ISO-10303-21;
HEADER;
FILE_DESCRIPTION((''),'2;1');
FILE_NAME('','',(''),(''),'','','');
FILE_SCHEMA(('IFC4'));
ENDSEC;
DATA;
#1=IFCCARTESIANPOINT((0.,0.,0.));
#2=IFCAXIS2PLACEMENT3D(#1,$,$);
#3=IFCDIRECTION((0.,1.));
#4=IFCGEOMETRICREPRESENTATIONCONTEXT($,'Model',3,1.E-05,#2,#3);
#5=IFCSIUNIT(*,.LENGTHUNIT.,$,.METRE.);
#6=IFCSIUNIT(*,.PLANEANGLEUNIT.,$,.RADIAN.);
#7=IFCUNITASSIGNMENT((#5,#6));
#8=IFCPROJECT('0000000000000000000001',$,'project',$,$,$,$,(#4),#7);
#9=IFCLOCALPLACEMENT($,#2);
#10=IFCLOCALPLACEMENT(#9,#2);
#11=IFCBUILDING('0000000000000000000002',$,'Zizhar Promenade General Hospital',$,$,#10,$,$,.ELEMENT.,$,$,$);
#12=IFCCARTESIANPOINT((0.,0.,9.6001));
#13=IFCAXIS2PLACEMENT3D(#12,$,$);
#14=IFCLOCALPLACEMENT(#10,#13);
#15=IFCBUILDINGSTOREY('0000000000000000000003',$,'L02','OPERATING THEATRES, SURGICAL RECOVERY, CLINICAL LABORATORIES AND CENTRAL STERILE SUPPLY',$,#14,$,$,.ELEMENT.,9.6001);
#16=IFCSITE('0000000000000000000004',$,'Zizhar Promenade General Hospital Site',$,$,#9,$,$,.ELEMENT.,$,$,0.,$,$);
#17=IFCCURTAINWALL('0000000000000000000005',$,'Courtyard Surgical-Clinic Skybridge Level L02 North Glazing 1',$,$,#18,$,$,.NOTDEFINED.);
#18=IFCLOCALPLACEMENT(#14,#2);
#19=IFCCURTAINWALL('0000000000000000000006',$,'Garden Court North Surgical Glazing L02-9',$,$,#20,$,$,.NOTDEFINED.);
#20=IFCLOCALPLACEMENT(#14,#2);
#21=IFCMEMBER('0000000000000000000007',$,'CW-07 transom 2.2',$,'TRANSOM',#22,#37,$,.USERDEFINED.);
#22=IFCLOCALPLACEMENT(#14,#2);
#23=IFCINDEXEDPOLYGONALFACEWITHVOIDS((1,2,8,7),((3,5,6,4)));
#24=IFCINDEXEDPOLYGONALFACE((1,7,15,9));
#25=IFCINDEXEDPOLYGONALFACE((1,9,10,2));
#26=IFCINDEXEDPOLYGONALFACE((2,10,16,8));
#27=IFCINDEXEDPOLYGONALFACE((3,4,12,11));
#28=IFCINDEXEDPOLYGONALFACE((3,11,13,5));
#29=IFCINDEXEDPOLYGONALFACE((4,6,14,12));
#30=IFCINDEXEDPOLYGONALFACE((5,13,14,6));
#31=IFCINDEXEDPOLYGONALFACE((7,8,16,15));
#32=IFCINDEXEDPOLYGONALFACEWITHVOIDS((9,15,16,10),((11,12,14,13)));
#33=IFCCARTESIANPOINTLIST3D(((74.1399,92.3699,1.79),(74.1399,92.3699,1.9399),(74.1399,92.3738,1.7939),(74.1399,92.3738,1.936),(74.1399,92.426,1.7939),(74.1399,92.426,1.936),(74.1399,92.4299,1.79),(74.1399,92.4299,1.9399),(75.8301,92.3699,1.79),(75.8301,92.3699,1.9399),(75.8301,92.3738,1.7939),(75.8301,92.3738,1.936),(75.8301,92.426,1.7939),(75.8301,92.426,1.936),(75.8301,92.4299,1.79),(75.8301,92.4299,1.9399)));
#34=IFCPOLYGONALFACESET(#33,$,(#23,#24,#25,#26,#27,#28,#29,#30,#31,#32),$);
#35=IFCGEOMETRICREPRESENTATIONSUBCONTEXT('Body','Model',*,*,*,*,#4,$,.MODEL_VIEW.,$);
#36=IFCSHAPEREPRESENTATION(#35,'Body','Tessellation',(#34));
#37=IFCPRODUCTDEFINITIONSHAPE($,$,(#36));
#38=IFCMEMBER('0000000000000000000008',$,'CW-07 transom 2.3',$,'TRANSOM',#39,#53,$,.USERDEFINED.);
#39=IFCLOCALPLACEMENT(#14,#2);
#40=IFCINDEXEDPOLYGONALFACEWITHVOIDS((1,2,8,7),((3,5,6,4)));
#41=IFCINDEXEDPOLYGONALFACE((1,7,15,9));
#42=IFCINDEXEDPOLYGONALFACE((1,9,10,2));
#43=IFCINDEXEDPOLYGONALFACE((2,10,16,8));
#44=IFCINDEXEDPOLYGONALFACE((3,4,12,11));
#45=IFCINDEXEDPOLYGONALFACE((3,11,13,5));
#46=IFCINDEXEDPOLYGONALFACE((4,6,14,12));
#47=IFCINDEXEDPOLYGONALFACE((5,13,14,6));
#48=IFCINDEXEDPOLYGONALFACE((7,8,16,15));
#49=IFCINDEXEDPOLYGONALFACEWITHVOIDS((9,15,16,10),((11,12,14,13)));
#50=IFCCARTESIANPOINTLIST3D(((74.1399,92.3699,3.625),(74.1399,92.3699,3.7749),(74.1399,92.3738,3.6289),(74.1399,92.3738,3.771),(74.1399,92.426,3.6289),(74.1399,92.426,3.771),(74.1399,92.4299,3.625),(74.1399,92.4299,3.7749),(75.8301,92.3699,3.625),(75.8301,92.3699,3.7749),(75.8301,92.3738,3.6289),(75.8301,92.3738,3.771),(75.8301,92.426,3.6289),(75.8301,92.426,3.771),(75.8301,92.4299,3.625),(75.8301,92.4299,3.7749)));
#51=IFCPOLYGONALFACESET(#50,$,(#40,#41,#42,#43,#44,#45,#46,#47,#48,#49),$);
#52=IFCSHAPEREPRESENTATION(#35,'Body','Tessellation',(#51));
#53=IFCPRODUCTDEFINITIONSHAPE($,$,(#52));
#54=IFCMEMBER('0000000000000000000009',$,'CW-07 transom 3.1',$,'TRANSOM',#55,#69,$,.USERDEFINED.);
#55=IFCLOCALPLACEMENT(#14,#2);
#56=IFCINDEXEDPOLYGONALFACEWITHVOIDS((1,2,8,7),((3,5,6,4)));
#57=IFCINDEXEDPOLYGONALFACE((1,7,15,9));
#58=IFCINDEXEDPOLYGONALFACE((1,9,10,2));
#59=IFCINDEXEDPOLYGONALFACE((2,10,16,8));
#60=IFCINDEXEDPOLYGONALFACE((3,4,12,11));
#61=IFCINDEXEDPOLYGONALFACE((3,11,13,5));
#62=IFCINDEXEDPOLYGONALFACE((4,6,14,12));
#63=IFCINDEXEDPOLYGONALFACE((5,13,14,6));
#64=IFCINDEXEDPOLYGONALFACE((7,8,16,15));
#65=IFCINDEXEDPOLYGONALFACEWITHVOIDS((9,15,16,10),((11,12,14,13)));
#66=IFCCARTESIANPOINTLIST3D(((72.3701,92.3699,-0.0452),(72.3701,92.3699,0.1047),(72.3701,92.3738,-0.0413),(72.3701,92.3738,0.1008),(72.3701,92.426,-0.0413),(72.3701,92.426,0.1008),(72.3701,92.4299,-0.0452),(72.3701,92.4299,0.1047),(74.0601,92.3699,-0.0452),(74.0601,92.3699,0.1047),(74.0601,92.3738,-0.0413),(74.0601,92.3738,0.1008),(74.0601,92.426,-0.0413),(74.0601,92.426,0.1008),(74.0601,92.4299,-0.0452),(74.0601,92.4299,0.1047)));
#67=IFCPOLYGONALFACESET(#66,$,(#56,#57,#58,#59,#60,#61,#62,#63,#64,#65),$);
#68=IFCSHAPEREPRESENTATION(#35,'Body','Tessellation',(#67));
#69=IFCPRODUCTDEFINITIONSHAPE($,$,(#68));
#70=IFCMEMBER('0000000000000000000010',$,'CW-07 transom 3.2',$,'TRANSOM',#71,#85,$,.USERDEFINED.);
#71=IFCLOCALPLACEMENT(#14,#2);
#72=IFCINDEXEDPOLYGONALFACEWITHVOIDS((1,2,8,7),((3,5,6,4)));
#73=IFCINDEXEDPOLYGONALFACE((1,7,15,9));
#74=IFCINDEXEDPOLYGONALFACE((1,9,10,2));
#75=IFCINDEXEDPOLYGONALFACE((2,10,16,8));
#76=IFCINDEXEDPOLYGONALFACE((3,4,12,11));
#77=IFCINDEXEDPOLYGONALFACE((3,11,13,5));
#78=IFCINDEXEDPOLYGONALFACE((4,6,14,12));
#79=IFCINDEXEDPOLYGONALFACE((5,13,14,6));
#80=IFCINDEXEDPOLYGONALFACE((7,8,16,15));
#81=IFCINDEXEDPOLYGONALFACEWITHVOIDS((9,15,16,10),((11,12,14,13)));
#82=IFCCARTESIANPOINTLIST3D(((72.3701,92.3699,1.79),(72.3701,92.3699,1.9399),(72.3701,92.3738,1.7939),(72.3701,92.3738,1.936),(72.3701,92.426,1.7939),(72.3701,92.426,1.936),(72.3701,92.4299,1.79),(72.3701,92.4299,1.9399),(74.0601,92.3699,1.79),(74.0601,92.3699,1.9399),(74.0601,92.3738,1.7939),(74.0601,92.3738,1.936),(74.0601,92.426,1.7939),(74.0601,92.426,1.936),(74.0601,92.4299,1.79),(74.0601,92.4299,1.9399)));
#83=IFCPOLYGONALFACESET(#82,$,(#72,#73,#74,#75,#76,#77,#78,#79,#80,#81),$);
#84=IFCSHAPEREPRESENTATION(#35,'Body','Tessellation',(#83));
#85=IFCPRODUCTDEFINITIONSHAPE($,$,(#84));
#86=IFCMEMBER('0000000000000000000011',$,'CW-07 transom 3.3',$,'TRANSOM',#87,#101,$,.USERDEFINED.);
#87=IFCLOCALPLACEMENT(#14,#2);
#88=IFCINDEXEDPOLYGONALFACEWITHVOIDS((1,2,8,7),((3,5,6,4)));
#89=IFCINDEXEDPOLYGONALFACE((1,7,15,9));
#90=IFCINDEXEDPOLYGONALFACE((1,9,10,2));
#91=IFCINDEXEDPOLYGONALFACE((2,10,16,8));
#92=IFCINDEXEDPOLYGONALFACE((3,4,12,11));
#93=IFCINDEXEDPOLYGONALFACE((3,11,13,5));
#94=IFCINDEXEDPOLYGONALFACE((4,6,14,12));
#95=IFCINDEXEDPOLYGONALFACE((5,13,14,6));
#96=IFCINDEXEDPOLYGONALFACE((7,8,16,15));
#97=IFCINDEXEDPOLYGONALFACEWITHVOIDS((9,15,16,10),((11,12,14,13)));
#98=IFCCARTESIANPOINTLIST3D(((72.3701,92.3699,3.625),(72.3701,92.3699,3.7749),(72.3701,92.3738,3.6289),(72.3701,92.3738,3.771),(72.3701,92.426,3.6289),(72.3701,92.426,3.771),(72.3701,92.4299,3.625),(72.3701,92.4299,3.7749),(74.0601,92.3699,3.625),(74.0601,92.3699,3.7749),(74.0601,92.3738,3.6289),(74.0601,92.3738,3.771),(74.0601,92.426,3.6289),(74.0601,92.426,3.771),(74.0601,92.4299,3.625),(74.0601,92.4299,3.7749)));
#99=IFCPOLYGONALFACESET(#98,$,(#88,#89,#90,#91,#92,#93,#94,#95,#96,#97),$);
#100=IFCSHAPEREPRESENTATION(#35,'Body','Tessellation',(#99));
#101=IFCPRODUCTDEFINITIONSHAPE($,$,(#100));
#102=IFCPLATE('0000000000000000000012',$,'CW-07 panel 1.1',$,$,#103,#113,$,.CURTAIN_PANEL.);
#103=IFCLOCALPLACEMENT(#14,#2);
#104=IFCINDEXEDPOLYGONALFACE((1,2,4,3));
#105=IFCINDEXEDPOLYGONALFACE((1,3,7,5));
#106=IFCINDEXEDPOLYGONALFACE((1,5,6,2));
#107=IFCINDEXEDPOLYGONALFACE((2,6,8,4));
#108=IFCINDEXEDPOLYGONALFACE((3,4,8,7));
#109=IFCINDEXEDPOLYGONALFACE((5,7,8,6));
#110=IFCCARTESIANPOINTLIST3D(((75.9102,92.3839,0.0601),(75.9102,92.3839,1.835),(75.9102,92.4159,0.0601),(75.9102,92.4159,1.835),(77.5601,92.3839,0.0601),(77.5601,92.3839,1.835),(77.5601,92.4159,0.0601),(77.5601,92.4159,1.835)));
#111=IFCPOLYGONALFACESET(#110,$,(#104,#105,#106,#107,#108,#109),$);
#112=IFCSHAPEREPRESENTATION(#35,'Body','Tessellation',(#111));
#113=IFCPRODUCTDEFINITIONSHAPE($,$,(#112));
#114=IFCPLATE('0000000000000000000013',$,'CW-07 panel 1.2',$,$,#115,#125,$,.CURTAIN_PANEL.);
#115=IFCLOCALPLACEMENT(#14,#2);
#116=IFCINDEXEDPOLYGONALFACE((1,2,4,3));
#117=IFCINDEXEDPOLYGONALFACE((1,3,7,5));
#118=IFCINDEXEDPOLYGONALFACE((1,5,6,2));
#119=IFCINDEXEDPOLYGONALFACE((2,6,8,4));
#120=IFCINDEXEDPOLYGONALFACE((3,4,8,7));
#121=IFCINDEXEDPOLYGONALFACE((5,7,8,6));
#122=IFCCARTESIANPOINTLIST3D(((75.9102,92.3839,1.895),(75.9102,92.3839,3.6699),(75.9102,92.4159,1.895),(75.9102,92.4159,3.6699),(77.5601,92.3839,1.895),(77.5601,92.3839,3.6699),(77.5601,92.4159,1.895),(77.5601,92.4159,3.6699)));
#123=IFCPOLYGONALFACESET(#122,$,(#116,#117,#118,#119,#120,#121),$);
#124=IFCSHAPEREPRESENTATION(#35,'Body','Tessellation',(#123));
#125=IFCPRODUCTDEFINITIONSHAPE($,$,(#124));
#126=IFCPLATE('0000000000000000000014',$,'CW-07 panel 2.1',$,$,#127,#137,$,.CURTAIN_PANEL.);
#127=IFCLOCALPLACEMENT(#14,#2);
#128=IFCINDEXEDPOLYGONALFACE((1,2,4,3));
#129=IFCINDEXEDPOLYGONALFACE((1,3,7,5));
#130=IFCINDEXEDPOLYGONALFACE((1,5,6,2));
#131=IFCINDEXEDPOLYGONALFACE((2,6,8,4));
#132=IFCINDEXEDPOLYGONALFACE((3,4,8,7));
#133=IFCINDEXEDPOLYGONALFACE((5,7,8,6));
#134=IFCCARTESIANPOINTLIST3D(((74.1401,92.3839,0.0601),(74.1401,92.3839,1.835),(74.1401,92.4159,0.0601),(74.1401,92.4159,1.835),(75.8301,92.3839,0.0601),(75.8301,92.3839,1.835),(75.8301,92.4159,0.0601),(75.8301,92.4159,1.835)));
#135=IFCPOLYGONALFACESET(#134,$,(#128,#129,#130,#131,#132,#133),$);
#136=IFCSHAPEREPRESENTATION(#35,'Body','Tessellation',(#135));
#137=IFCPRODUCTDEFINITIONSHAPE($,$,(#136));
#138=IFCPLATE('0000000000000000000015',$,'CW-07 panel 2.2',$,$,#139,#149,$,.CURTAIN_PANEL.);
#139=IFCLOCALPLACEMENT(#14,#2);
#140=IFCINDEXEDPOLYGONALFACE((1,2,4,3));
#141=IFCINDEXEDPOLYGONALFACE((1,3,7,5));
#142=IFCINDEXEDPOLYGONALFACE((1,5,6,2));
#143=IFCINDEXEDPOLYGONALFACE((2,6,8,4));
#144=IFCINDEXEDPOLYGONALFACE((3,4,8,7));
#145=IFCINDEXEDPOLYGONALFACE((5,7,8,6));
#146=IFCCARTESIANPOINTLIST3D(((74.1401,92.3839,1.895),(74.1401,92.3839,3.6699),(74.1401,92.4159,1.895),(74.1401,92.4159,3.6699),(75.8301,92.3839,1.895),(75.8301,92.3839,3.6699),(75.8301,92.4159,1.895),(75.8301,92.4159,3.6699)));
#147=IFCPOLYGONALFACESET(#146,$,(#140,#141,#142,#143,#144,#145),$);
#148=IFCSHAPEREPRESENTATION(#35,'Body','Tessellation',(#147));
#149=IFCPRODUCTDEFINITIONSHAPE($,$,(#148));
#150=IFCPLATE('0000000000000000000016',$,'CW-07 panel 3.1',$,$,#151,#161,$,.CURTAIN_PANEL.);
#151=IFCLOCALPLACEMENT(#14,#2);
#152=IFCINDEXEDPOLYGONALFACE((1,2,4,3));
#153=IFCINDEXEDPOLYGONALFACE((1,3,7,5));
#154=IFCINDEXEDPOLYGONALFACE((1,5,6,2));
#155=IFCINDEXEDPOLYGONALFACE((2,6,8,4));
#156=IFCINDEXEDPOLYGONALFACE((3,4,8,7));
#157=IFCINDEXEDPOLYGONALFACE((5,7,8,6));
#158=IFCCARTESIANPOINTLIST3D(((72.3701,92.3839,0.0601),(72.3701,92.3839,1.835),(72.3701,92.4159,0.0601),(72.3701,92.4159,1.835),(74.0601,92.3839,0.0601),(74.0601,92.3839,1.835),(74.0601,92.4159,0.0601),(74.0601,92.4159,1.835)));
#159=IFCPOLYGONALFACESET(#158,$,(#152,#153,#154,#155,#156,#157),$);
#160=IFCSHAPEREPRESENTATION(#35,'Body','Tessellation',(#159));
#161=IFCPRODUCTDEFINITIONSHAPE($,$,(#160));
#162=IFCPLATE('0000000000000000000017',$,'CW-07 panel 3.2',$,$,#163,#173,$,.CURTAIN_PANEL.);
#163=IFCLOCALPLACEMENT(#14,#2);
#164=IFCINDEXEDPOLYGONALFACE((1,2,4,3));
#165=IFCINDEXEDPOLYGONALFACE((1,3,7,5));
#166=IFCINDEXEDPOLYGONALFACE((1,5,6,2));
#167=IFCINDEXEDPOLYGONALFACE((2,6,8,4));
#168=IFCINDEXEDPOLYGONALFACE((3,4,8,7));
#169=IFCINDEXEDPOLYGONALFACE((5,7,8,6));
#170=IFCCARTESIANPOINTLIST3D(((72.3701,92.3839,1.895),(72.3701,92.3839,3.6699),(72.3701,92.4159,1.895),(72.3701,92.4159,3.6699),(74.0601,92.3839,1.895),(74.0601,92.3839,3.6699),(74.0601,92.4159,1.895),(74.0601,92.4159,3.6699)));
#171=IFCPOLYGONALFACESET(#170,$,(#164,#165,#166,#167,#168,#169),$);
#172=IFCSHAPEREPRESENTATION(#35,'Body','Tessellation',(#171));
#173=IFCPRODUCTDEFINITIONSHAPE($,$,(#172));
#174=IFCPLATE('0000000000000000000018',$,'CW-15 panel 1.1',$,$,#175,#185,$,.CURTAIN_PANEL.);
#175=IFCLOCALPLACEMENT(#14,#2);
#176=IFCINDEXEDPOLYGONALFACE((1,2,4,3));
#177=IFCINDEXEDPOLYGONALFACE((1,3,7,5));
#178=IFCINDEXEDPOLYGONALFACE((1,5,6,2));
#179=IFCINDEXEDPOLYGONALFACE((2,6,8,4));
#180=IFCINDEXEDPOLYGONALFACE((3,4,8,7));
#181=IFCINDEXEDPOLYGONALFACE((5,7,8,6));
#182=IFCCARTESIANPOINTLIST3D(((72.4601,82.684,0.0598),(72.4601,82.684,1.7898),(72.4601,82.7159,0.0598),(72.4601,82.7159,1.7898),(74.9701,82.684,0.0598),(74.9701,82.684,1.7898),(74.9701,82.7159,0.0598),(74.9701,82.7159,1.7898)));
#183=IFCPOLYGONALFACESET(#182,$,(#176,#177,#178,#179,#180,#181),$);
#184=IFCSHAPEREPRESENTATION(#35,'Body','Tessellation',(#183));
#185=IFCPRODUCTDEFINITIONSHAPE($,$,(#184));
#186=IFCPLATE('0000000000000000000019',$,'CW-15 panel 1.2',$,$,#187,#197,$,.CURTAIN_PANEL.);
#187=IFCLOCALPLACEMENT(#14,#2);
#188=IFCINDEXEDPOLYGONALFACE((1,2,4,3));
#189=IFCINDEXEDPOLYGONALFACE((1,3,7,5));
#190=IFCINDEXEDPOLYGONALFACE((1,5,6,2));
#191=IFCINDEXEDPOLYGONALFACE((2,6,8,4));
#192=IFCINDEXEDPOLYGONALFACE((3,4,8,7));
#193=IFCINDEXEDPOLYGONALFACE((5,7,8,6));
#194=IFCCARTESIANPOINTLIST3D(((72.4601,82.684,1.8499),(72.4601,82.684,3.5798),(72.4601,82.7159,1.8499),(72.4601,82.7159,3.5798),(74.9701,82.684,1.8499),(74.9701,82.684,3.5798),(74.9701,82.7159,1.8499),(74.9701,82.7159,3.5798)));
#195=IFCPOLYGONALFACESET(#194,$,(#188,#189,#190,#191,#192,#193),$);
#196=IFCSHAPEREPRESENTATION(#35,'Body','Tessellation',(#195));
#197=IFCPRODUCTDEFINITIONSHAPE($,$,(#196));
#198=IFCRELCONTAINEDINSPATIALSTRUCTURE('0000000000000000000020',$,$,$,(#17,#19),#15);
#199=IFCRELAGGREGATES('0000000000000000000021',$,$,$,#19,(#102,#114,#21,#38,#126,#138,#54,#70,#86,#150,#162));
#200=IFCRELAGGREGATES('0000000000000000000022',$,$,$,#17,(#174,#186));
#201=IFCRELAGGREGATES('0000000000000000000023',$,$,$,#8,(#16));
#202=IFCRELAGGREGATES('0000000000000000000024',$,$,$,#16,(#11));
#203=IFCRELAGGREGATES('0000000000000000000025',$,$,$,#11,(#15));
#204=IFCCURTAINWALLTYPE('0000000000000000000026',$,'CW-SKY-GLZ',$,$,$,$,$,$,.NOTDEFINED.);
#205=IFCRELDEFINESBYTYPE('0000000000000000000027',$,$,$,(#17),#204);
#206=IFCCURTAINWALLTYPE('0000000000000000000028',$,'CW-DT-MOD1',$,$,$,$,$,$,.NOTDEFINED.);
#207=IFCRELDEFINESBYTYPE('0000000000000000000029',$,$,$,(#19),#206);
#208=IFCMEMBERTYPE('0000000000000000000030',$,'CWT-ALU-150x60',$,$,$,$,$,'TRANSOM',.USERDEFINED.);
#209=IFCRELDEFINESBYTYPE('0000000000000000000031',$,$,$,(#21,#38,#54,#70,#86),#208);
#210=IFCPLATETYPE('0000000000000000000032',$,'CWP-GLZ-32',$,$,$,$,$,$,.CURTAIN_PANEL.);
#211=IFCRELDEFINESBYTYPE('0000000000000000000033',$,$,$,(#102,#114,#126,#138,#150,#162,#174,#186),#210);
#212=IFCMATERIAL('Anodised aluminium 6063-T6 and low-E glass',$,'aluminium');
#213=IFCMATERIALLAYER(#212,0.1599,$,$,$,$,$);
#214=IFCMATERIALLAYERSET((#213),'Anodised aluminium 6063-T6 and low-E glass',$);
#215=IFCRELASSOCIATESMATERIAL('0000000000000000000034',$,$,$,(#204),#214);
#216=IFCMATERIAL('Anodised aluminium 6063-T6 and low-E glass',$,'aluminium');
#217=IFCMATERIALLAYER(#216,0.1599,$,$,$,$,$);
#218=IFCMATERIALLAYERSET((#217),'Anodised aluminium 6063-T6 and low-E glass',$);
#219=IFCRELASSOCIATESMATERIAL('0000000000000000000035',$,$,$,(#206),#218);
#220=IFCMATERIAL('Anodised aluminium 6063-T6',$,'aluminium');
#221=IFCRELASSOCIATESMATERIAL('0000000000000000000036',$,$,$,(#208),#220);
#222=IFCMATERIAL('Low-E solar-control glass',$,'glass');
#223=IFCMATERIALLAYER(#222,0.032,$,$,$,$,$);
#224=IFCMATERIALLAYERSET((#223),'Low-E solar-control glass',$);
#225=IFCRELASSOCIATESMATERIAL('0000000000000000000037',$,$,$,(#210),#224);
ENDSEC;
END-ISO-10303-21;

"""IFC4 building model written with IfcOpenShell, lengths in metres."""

from ifc_helpers import new_model, si_unit, direction, frame, origin, origin_2d, place, context, subcontext, project, spatial, rectangle, hollow_rectangle, extrude, material, layer, layer_set, material_profile, profile_set, type_object, element, aggregate, save


model = new_model("IFC4")

# Units and contexts
model_context = context("Model", 3, precision=1e-05, world=origin(), true_north=direction((0.0, 1.0)))
body_context = subcontext(model_context, "Body", "Model", "MODEL_VIEW")
ifc_project = project(units=[si_unit("LENGTHUNIT", "METRE"), si_unit("PLANEANGLEUNIT", "RADIAN")], contexts=[model_context])

# Site, building, storey
site_placement = place(None, origin())
site = spatial("IfcSite", under=ifc_project, at=site_placement, Name="Zizhar Promenade General Hospital Site", CompositionType="ELEMENT", RefElevation=0.0)
building_placement = place(site_placement, origin())
building = spatial("IfcBuilding", under=site, at=building_placement, Name="Zizhar Promenade General Hospital", CompositionType="ELEMENT")
storey_placement = place(building_placement, frame((0.0, 0.0, 9.6001)))
storey = spatial("IfcBuildingStorey", under=building, at=storey_placement, Name="L02", Description="OPERATING THEATRES, SURGICAL RECOVERY, CLINICAL LABORATORIES AND CENTRAL STERILE SUPPLY", CompositionType="ELEMENT", Elevation=9.6001)

# Curtain wall
ifc_material_1 = material(Name="Anodised aluminium 6063-T6 and low-E glass", Category="aluminium")
ifc_layer_1 = layer(ifc_material_1, 0.1599)
ifc_layer_set_1 = layer_set([ifc_layer_1], Name="Anodised aluminium 6063-T6 and low-E glass")
curtain_wall_type_1 = type_object("IfcCurtainWallType", Name="CW-SKY-GLZ", PredefinedType="NOTDEFINED", material=ifc_layer_set_1)
curtain_wall_1_placement = place(storey_placement, origin())
curtain_wall_1 = element("IfcCurtainWall", 1, at=curtain_wall_1_placement, inside=storey, type_object=curtain_wall_type_1, Name="Courtyard Surgical-Clinic Skybridge Level L02 North Glazing 1", PredefinedType="NOTDEFINED")

# Curtain wall
ifc_material_2 = material(Name="Anodised aluminium 6063-T6 and low-E glass", Category="aluminium")
ifc_layer_2 = layer(ifc_material_2, 0.1599)
ifc_layer_set_2 = layer_set([ifc_layer_2], Name="Anodised aluminium 6063-T6 and low-E glass")
curtain_wall_type_2 = type_object("IfcCurtainWallType", Name="CW-DT-MOD1", PredefinedType="NOTDEFINED", material=ifc_layer_set_2)
curtain_wall_2_placement = place(storey_placement, origin())
curtain_wall_2 = element("IfcCurtainWall", 2, at=curtain_wall_2_placement, inside=storey, type_object=curtain_wall_type_2, Name="Garden Court North Surgical Glazing L02-9", PredefinedType="NOTDEFINED")

# Members
ifc_material_3 = material(Name="Anodised aluminium 6063-T6", Category="aluminium")
ifc_material_profile_1 = material_profile(ifc_material_3, hollow_rectangle(XDim=0.0601, YDim=0.1499, WallThickness=0.0039, at=origin_2d()))
ifc_profile_set_1 = profile_set([ifc_material_profile_1], Name="Anodised aluminium 6063-T6")
member_type_1 = type_object("IfcMemberType", Name="CWT-ALU-150x60", ElementType="TRANSOM", PredefinedType="USERDEFINED", material=ifc_profile_set_1)
member_1_placement = place(storey_placement, frame((75.8301, 92.3999, 1.865), z_axis=(-1.0, 0.0, 0.0), x_axis=(0.0, -1.0, 0.0)))
member_1 = element("IfcMember", 3, at=member_1_placement, type_object=member_type_1, Name="CW-07 transom 2.2", ObjectType="TRANSOM", PredefinedType="USERDEFINED", context=body_context, shape_type="SweptSolid", body=[
    extrude(hollow_rectangle(XDim=0.0601, YDim=0.1499, WallThickness=0.0039, at=origin_2d()), origin(), (0.0, 0.0, 1.0), 1.6902),
])
member_2_placement = place(storey_placement, frame((75.8301, 92.3999, 3.7), z_axis=(-1.0, 0.0, 0.0), x_axis=(0.0, -1.0, 0.0)))
member_2 = element("IfcMember", 4, at=member_2_placement, type_object=member_type_1, Name="CW-07 transom 2.3", ObjectType="TRANSOM", PredefinedType="USERDEFINED", context=body_context, shape_type="SweptSolid", body=[
    extrude(hollow_rectangle(XDim=0.0601, YDim=0.1499, WallThickness=0.0039, at=origin_2d()), origin(), (0.0, 0.0, 1.0), 1.6902),
])
member_3_placement = place(storey_placement, frame((74.0601, 92.3999, 0.0298), z_axis=(-1.0, 0.0, 0.0), x_axis=(0.0, -1.0, 0.0)))
member_3 = element("IfcMember", 5, at=member_3_placement, type_object=member_type_1, Name="CW-07 transom 3.1", ObjectType="TRANSOM", PredefinedType="USERDEFINED", context=body_context, shape_type="SweptSolid", body=[
    extrude(hollow_rectangle(XDim=0.0601, YDim=0.1499, WallThickness=0.0039, at=origin_2d()), origin(), (0.0, 0.0, 1.0), 1.6899),
])
member_4_placement = place(storey_placement, frame((74.0601, 92.3999, 1.865), z_axis=(-1.0, 0.0, 0.0), x_axis=(0.0, -1.0, 0.0)))
member_4 = element("IfcMember", 6, at=member_4_placement, type_object=member_type_1, Name="CW-07 transom 3.2", ObjectType="TRANSOM", PredefinedType="USERDEFINED", context=body_context, shape_type="SweptSolid", body=[
    extrude(hollow_rectangle(XDim=0.0601, YDim=0.1499, WallThickness=0.0039, at=origin_2d()), origin(), (0.0, 0.0, 1.0), 1.6899),
])
member_5_placement = place(storey_placement, frame((74.0601, 92.3999, 3.7), z_axis=(-1.0, 0.0, 0.0), x_axis=(0.0, -1.0, 0.0)))
member_5 = element("IfcMember", 7, at=member_5_placement, type_object=member_type_1, Name="CW-07 transom 3.3", ObjectType="TRANSOM", PredefinedType="USERDEFINED", context=body_context, shape_type="SweptSolid", body=[
    extrude(hollow_rectangle(XDim=0.0601, YDim=0.1499, WallThickness=0.0039, at=origin_2d()), origin(), (0.0, 0.0, 1.0), 1.6899),
])

# Plates
ifc_material_4 = material(Name="Low-E solar-control glass", Category="glass")
ifc_layer_3 = layer(ifc_material_4, 0.032)
ifc_layer_set_3 = layer_set([ifc_layer_3], Name="Low-E solar-control glass")
plate_type = type_object("IfcPlateType", Name="CWP-GLZ-32", PredefinedType="CURTAIN_PANEL", material=ifc_layer_set_3)
plate_1_placement = place(storey_placement, frame((76.7351, 92.3999, 0.0601), z_axis=(0.0, 0.0, 1.0), x_axis=(-1.0, 0.0, 0.0)))
plate_1 = element("IfcPlate", 8, at=plate_1_placement, type_object=plate_type, Name="CW-07 panel 1.1", PredefinedType="CURTAIN_PANEL", context=body_context, shape_type="SweptSolid", body=[
    extrude(rectangle(XDim=1.6499, YDim=0.032, at=origin_2d()), origin(), (0.0, 0.0, 1.0), 1.7749),
])
plate_2_placement = place(storey_placement, frame((76.7351, 92.3999, 1.895), z_axis=(0.0, 0.0, 1.0), x_axis=(-1.0, 0.0, 0.0)))
plate_2 = element("IfcPlate", 9, at=plate_2_placement, type_object=plate_type, Name="CW-07 panel 1.2", PredefinedType="CURTAIN_PANEL", context=body_context, shape_type="SweptSolid", body=[
    extrude(rectangle(XDim=1.6499, YDim=0.032, at=origin_2d()), origin(), (0.0, 0.0, 1.0), 1.7749),
])
plate_3_placement = place(storey_placement, frame((74.9851, 92.3999, 0.0601), z_axis=(0.0, 0.0, 1.0), x_axis=(-1.0, 0.0, 0.0)))
plate_3 = element("IfcPlate", 10, at=plate_3_placement, type_object=plate_type, Name="CW-07 panel 2.1", PredefinedType="CURTAIN_PANEL", context=body_context, shape_type="SweptSolid", body=[
    extrude(rectangle(XDim=1.6899, YDim=0.032, at=origin_2d()), origin(), (0.0, 0.0, 1.0), 1.7749),
])
plate_4_placement = place(storey_placement, frame((74.9851, 92.3999, 1.895), z_axis=(0.0, 0.0, 1.0), x_axis=(-1.0, 0.0, 0.0)))
plate_4 = element("IfcPlate", 11, at=plate_4_placement, type_object=plate_type, Name="CW-07 panel 2.2", PredefinedType="CURTAIN_PANEL", context=body_context, shape_type="SweptSolid", body=[
    extrude(rectangle(XDim=1.6899, YDim=0.032, at=origin_2d()), origin(), (0.0, 0.0, 1.0), 1.7749),
])
plate_5_placement = place(storey_placement, frame((73.2151, 92.3999, 0.0601), z_axis=(0.0, 0.0, 1.0), x_axis=(-1.0, 0.0, 0.0)))
plate_5 = element("IfcPlate", 12, at=plate_5_placement, type_object=plate_type, Name="CW-07 panel 3.1", PredefinedType="CURTAIN_PANEL", context=body_context, shape_type="SweptSolid", body=[
    extrude(rectangle(XDim=1.6899, YDim=0.032, at=origin_2d()), origin(), (0.0, 0.0, 1.0), 1.7749),
])
plate_6_placement = place(storey_placement, frame((73.2151, 92.3999, 1.895), z_axis=(0.0, 0.0, 1.0), x_axis=(-1.0, 0.0, 0.0)))
plate_6 = element("IfcPlate", 13, at=plate_6_placement, type_object=plate_type, Name="CW-07 panel 3.2", PredefinedType="CURTAIN_PANEL", context=body_context, shape_type="SweptSolid", body=[
    extrude(rectangle(XDim=1.6899, YDim=0.032, at=origin_2d()), origin(), (0.0, 0.0, 1.0), 1.7749),
])
aggregate(curtain_wall_2, [plate_1, plate_2, member_1, member_2, plate_3, plate_4, member_3, member_4, member_5, plate_5, plate_6])
plate_7_placement = place(storey_placement, frame((73.7151, 82.7, 0.0598), z_axis=(0.0, 0.0, 1.0), x_axis=(1.0, 0.0, 0.0)))
plate_7 = element("IfcPlate", 14, at=plate_7_placement, type_object=plate_type, Name="CW-15 panel 1.1", PredefinedType="CURTAIN_PANEL", context=body_context, shape_type="SweptSolid", body=[
    extrude(rectangle(XDim=2.51, YDim=0.032, at=origin_2d()), origin(), (0.0, 0.0, 1.0), 1.73),
])
plate_8_placement = place(storey_placement, frame((73.7151, 82.7, 1.8499), z_axis=(0.0, 0.0, 1.0), x_axis=(1.0, 0.0, 0.0)))
plate_8 = element("IfcPlate", 15, at=plate_8_placement, type_object=plate_type, Name="CW-15 panel 1.2", PredefinedType="CURTAIN_PANEL", context=body_context, shape_type="SweptSolid", body=[
    extrude(rectangle(XDim=2.51, YDim=0.032, at=origin_2d()), origin(), (0.0, 0.0, 1.0), 1.73),
])
aggregate(curtain_wall_1, [plate_7, plate_8])

save(model, "model.ifc")
